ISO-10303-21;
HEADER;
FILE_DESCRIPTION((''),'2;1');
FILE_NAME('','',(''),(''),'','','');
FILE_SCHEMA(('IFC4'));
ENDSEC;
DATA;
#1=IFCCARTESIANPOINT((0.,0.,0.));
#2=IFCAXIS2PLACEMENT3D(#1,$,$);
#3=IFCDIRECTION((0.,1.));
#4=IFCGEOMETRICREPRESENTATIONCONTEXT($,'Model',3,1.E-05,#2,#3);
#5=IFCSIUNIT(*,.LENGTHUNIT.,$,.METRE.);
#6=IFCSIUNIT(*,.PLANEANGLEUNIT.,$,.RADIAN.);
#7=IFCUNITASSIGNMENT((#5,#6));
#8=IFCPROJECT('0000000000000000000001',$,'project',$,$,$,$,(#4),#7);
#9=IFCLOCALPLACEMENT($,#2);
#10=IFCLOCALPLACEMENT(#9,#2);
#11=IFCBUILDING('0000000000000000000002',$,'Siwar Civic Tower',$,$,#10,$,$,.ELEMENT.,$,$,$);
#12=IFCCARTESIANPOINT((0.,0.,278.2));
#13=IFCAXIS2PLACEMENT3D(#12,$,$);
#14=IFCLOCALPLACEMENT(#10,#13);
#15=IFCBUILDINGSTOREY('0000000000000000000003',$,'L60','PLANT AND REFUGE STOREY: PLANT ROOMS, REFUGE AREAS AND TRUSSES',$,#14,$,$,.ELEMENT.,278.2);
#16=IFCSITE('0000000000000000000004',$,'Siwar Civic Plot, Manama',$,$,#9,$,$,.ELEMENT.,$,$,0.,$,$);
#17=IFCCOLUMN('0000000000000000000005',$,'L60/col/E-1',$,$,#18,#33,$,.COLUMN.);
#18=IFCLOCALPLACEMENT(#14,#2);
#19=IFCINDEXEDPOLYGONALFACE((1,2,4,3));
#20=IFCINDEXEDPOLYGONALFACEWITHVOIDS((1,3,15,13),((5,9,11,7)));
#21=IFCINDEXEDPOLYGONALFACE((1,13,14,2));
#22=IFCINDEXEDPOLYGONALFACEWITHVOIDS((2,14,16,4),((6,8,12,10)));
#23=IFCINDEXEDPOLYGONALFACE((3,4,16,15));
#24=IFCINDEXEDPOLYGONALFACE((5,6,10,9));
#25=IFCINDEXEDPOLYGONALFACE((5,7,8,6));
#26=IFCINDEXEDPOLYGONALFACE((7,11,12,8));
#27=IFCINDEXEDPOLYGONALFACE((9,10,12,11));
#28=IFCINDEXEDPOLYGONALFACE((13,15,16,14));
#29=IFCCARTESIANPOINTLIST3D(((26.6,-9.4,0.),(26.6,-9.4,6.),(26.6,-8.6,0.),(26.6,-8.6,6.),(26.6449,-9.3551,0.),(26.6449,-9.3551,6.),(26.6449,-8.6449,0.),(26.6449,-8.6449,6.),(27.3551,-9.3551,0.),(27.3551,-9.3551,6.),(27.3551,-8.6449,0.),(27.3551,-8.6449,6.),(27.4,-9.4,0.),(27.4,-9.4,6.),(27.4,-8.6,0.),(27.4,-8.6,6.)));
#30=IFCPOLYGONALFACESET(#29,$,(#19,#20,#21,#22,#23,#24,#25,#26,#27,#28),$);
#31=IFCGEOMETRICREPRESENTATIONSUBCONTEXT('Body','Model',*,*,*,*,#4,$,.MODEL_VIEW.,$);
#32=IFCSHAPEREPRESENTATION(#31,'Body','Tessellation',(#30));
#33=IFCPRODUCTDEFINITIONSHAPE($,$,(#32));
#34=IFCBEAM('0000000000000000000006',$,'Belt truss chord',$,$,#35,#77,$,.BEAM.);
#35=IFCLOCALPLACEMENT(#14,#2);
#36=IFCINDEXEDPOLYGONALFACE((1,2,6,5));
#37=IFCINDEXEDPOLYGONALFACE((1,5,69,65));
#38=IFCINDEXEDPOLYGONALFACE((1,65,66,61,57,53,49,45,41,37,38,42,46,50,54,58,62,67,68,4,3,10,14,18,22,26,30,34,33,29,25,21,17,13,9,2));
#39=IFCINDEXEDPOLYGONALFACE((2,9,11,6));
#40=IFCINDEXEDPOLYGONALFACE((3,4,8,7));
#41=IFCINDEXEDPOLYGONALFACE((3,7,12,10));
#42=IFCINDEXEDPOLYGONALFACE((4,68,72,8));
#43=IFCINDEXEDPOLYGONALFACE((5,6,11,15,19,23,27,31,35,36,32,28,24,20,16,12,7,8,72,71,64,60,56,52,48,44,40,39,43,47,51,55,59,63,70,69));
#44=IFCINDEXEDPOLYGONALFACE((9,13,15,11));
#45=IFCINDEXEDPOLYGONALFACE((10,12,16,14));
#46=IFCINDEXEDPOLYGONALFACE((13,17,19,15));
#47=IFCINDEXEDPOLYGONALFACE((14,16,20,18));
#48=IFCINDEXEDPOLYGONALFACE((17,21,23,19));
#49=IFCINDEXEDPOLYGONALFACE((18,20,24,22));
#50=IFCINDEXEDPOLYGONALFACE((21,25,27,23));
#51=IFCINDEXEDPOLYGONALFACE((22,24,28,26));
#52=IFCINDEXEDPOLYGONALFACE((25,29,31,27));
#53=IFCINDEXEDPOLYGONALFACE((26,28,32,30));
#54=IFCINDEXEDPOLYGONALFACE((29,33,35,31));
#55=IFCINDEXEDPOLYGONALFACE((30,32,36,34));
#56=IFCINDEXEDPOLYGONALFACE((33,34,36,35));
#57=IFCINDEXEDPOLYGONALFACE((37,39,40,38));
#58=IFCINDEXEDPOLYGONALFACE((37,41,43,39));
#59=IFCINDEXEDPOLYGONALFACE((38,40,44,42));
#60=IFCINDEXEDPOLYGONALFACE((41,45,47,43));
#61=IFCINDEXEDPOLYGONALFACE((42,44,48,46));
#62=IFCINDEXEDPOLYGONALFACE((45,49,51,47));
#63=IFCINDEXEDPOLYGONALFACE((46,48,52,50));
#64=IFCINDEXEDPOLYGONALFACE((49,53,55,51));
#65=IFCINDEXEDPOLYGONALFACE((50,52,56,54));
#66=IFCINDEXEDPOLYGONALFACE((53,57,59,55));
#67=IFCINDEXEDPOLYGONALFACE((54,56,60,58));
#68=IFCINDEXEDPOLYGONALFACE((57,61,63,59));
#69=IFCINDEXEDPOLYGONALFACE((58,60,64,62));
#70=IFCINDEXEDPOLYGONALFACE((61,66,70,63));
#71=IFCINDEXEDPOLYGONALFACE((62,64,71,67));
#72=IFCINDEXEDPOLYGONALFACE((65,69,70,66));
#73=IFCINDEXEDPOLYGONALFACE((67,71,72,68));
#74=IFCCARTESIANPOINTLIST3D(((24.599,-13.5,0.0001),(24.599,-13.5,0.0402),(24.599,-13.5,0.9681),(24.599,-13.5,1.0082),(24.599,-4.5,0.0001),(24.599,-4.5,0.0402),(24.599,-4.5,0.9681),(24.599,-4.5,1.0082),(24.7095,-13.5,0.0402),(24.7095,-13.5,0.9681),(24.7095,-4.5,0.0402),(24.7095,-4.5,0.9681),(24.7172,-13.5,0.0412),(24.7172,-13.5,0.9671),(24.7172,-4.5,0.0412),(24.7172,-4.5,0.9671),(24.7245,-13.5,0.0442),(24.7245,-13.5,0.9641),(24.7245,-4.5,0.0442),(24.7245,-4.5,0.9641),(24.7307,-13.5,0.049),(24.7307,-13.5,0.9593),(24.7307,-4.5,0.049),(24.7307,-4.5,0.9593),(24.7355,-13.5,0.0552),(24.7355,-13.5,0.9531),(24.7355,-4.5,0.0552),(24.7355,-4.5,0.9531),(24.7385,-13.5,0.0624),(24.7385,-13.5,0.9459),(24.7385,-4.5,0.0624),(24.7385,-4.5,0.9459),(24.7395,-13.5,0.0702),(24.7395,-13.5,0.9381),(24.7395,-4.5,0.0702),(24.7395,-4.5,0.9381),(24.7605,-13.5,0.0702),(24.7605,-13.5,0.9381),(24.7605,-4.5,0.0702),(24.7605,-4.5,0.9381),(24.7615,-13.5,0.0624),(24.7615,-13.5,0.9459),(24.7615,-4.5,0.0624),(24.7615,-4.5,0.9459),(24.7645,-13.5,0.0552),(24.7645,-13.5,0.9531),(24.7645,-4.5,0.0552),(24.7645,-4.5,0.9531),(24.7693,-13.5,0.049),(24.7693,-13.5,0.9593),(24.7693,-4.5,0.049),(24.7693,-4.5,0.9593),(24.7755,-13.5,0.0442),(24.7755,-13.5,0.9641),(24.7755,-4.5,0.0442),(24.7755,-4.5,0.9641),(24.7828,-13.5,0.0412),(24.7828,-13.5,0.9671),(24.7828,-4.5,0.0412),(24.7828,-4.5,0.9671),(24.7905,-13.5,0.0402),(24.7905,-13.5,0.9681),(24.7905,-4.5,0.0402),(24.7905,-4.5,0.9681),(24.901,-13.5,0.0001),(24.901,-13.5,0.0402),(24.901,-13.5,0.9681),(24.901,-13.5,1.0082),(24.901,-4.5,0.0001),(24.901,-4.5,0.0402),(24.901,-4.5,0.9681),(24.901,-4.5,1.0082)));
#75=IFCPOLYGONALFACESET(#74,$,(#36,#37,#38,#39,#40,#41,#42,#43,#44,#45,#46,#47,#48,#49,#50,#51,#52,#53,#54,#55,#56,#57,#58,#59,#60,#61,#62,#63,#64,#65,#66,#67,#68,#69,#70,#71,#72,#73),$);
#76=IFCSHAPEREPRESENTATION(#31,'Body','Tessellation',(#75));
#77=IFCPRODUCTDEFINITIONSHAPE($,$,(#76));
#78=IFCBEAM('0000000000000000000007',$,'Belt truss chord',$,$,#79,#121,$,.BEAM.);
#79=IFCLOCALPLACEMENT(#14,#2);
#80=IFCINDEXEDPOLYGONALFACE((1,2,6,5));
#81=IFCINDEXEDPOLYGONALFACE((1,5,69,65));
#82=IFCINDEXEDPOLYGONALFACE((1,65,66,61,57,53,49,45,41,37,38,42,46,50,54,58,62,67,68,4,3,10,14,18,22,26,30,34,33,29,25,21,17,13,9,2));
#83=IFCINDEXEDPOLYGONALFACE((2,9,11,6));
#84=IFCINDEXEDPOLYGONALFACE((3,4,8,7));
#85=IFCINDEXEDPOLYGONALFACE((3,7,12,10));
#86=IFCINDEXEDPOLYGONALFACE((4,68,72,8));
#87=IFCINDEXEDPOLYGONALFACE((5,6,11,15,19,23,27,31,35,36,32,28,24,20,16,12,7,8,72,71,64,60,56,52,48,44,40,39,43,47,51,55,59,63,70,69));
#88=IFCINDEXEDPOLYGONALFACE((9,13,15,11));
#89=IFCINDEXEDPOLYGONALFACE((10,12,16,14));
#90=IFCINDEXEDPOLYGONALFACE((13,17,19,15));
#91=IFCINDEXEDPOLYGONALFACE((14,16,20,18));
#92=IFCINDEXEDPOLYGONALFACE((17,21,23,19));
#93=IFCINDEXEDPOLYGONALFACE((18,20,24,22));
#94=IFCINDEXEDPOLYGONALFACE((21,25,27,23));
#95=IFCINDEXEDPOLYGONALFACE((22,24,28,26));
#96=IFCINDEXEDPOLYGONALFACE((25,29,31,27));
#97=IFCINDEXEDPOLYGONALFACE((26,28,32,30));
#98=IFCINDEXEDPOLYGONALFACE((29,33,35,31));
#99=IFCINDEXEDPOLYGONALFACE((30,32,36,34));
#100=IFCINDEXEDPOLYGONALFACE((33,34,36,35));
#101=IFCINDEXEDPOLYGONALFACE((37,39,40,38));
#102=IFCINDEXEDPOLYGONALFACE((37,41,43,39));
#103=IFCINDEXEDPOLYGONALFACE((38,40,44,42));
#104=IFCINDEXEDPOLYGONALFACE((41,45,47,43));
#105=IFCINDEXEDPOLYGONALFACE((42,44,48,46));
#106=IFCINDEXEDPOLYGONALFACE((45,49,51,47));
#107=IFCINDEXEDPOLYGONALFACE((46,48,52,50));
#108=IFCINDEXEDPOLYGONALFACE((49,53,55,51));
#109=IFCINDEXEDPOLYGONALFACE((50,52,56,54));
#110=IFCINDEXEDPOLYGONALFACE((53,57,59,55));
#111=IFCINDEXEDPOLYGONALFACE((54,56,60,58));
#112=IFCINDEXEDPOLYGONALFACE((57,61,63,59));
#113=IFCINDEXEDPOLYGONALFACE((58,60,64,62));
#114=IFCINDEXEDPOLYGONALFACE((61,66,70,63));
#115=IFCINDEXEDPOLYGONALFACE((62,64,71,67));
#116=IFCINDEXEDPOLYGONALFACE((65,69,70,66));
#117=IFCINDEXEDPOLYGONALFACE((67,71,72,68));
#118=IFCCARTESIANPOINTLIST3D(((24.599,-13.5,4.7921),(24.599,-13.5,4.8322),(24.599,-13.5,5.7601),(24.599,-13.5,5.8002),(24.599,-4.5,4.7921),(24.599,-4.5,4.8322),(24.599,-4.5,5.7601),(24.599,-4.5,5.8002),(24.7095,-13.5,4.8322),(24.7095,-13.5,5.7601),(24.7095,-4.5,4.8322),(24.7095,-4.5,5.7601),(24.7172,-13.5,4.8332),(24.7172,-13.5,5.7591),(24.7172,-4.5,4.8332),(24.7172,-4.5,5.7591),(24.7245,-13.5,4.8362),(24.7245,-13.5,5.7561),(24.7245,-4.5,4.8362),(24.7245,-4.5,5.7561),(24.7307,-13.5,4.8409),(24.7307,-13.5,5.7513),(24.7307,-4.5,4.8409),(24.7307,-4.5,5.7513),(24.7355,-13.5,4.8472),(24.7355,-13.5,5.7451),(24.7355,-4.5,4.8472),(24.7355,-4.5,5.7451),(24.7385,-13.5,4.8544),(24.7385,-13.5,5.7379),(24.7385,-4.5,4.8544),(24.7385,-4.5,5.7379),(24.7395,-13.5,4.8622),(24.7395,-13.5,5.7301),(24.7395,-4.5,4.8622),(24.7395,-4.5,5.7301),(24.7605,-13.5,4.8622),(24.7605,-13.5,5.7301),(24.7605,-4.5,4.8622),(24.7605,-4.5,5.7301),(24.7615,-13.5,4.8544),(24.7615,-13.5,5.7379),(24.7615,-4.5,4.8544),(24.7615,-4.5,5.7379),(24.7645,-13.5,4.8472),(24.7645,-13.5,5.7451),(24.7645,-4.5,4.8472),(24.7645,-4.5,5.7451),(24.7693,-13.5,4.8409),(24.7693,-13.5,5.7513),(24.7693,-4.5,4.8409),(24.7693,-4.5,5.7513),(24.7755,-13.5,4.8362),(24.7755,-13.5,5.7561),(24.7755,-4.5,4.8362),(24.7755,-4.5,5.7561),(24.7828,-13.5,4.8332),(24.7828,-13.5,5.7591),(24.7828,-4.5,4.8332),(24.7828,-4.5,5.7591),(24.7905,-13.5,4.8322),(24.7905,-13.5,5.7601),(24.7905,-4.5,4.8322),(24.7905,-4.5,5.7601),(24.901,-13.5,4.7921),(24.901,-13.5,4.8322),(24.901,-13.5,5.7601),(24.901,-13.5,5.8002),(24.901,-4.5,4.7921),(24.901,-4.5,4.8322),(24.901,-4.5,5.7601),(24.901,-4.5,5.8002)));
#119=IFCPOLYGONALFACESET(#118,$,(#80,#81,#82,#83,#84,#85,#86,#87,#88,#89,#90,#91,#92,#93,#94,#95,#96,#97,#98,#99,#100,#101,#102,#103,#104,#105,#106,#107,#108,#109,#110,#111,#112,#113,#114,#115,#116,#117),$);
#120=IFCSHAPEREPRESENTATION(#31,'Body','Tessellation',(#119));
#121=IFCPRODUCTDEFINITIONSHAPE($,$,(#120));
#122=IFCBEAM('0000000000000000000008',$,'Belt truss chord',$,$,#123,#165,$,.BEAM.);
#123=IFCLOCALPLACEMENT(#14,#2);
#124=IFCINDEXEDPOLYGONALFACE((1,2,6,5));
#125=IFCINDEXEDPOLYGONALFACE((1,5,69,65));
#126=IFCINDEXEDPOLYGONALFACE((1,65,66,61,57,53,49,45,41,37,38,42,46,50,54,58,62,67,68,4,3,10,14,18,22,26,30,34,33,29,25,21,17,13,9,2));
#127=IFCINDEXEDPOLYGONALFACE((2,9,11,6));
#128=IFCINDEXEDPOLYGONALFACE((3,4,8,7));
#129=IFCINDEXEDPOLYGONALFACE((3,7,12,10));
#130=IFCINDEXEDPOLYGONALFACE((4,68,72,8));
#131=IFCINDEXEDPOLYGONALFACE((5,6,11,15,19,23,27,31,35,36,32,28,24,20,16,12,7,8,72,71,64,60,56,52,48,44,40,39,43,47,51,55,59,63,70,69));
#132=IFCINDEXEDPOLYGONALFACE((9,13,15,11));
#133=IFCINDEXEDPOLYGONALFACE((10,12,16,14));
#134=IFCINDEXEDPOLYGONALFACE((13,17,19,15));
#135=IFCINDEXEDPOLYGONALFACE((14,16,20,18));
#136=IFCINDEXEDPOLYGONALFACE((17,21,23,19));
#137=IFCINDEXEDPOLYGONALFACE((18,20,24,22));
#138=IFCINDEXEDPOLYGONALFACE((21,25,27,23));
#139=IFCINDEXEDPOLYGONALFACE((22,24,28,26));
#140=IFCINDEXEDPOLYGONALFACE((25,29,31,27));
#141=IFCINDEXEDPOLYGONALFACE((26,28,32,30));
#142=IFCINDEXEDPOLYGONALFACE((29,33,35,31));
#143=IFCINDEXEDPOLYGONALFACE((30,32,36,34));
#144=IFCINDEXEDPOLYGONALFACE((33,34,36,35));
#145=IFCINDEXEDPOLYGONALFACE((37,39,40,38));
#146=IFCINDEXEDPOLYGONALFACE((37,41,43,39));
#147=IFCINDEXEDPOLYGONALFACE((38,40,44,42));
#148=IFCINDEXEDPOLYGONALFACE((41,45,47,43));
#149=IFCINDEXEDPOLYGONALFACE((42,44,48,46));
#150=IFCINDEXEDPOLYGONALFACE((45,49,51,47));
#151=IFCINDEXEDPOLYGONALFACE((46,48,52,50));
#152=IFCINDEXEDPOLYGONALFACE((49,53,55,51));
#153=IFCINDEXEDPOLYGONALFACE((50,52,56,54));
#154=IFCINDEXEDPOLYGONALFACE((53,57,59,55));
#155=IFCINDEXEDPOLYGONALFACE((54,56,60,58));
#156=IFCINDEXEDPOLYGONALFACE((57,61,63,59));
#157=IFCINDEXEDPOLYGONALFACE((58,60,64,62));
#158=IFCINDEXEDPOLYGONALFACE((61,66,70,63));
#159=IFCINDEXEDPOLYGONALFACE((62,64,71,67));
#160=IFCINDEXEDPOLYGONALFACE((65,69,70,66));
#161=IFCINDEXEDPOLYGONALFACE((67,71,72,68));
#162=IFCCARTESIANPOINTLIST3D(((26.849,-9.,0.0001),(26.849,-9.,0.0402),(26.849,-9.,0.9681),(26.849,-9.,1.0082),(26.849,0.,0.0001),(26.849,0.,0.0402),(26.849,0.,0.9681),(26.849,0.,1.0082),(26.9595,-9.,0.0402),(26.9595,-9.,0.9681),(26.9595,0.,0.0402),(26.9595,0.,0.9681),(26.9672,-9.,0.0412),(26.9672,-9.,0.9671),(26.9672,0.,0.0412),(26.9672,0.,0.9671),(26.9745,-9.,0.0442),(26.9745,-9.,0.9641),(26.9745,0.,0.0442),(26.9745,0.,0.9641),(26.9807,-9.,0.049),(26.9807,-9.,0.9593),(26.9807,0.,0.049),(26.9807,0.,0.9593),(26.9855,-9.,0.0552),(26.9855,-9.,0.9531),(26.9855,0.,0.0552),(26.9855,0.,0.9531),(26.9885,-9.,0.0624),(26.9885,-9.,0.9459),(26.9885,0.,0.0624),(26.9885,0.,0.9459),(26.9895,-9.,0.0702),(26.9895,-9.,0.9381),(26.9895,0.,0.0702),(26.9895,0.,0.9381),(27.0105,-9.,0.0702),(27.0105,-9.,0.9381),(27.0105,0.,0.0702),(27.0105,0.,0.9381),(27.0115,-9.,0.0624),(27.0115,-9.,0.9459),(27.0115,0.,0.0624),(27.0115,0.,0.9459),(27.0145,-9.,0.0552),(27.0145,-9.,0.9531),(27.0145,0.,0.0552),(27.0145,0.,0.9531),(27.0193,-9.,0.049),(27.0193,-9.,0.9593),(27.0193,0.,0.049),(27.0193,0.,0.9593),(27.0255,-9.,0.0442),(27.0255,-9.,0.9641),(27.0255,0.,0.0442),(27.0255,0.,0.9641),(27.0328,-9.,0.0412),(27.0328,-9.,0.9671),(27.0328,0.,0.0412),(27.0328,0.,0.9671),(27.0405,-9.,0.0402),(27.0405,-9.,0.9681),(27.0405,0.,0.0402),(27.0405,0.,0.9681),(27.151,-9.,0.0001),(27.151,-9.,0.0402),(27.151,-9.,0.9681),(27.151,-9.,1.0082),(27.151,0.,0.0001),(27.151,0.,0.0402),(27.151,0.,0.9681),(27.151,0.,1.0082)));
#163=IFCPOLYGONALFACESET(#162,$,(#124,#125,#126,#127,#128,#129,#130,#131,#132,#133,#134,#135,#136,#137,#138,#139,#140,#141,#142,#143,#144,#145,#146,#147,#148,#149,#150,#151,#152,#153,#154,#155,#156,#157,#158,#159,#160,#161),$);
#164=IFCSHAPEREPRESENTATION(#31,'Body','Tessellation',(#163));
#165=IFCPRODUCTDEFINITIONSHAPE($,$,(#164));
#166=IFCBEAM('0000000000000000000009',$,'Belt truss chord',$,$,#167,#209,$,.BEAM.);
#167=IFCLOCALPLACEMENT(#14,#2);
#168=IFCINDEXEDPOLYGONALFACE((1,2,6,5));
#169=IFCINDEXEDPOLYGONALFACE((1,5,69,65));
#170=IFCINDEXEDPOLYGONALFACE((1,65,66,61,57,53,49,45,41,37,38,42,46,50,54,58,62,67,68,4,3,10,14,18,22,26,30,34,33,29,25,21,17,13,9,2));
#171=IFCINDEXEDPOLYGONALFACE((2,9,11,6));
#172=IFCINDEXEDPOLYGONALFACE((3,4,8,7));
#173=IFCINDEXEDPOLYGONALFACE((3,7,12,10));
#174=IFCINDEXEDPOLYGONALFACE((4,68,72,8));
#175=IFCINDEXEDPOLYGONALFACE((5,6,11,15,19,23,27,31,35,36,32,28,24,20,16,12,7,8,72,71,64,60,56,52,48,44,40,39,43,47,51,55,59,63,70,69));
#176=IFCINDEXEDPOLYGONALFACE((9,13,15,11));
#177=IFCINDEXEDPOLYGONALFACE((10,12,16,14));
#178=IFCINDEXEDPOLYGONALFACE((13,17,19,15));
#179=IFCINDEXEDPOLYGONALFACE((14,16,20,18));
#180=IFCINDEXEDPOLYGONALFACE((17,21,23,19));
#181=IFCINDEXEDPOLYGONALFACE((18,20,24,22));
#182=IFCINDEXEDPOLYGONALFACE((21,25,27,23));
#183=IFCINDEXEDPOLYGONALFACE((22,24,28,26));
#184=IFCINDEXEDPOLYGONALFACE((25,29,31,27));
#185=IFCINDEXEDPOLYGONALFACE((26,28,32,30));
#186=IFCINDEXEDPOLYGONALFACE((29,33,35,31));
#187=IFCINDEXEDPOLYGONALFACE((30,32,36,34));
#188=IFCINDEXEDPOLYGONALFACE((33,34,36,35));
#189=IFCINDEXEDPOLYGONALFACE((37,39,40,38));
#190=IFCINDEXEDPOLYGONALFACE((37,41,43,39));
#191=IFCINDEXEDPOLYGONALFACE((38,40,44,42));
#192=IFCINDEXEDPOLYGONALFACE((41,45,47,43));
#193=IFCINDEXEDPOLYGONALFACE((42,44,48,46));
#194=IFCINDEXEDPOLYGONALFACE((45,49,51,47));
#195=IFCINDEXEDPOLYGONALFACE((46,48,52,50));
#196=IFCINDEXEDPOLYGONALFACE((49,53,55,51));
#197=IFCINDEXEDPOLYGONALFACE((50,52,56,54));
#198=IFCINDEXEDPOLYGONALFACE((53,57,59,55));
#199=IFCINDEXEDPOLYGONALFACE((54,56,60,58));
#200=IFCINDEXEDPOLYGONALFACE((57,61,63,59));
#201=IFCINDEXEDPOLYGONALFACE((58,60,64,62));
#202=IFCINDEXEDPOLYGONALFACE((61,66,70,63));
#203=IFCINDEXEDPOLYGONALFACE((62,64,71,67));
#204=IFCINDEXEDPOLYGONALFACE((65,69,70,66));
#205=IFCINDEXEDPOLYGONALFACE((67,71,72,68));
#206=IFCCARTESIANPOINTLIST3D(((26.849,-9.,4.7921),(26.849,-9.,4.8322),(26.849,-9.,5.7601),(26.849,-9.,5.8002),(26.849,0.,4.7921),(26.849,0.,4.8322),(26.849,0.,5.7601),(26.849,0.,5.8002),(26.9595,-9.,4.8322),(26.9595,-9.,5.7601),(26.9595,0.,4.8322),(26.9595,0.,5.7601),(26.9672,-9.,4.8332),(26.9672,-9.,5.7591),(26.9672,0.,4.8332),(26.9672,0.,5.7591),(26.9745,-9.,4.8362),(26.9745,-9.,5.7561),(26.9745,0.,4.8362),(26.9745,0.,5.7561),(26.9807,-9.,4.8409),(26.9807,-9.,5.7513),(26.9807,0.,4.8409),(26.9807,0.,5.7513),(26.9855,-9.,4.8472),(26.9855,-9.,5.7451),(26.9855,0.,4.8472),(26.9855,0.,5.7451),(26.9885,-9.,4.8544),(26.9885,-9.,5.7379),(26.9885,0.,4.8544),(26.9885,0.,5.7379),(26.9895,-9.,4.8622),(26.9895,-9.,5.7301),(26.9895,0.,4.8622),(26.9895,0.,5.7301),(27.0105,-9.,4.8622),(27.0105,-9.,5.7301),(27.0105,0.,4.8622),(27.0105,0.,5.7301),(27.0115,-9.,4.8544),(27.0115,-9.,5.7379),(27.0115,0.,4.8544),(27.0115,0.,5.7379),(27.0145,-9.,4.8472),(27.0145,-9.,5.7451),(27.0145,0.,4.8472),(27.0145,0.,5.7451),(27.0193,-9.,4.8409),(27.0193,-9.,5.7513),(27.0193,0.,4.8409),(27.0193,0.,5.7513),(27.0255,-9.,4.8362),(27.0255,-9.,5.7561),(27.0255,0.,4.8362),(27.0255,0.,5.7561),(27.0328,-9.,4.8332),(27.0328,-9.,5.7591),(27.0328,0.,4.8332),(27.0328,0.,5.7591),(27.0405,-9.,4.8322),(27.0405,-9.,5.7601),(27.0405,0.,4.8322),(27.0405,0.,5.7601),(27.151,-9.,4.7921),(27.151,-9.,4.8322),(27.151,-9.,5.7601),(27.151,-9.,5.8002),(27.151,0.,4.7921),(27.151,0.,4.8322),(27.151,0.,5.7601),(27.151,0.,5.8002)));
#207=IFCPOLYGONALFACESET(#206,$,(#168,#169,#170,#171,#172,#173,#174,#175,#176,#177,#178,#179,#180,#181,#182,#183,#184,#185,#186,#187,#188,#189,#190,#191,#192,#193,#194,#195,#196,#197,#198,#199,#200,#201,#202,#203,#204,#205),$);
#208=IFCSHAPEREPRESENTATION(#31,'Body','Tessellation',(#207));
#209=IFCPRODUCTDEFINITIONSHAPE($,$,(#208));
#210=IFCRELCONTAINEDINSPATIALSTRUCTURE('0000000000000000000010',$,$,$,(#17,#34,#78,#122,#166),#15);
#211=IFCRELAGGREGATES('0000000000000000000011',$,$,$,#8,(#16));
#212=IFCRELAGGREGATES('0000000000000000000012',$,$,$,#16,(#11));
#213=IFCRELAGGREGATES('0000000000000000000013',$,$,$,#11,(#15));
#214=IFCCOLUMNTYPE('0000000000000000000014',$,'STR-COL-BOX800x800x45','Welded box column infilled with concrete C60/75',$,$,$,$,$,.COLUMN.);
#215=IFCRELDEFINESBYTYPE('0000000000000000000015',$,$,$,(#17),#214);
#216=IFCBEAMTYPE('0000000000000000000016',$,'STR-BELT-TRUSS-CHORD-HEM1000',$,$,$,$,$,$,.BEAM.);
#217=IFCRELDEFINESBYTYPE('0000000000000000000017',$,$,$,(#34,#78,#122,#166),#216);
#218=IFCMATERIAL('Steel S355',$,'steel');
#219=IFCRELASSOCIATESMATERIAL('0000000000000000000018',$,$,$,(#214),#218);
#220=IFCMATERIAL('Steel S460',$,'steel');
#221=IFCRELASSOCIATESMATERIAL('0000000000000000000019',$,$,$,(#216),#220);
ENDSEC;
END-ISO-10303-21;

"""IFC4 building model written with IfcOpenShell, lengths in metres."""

from ifc_helpers import new_model, si_unit, direction, frame, origin, origin_2d, place, context, subcontext, project, spatial, hollow_rectangle, i_section, extrude, material, material_profile, profile_set, type_object, element, save


model = new_model("IFC4")

# Units and contexts
model_context = context("Model", 3, precision=1e-05, world=origin(), true_north=direction((0.0, 1.0)))
body_context = subcontext(model_context, "Body", "Model", "MODEL_VIEW")
ifc_project = project(units=[si_unit("LENGTHUNIT", "METRE"), si_unit("PLANEANGLEUNIT", "RADIAN")], contexts=[model_context])

# Site, building, storey
site_placement = place(None, origin())
site = spatial("IfcSite", under=ifc_project, at=site_placement, Name="Siwar Civic Plot, Manama", CompositionType="ELEMENT", RefElevation=0.0)
building_placement = place(site_placement, origin())
building = spatial("IfcBuilding", under=site, at=building_placement, Name="Siwar Civic Tower", CompositionType="ELEMENT")
storey_placement = place(building_placement, frame((0.0, 0.0, 278.2)))
storey = spatial("IfcBuildingStorey", under=building, at=storey_placement, Name="L60", Description="PLANT AND REFUGE STOREY: PLANT ROOMS, REFUGE AREAS AND TRUSSES", CompositionType="ELEMENT", Elevation=278.2)

# Column
ifc_material_1 = material(Name="Steel S355", Category="steel")
ifc_material_profile_1 = material_profile(ifc_material_1, hollow_rectangle(XDim=0.8, YDim=0.8, WallThickness=0.0449, at=origin_2d()), Name="BOX800x800x45")
ifc_profile_set_1 = profile_set([ifc_material_profile_1], Name="Steel S355")
column_type = type_object("IfcColumnType", Name="STR-COL-BOX800x800x45", Description="Welded box column infilled with concrete C60/75", PredefinedType="COLUMN", material=ifc_profile_set_1)
column_placement = place(storey_placement, frame((27.0, -9.0, 0.0), z_axis=(0.0, 0.0, 1.0), x_axis=(1.0, 0.0, 0.0)))
element("IfcColumn", 1, at=column_placement, inside=storey, type_object=column_type, Name="L60/col/E-1", PredefinedType="COLUMN", context=body_context, shape_type="SweptSolid", body=[
    extrude(hollow_rectangle(XDim=0.8, YDim=0.8, WallThickness=0.0449, at=origin_2d()), origin(), (0.0, 0.0, 1.0), 6.0),
])

# Beams
ifc_material_2 = material(Name="Steel S460", Category="steel")
ifc_material_profile_2 = material_profile(ifc_material_2, i_section(OverallWidth=0.302, OverallDepth=1.0081, WebThickness=0.021, FlangeThickness=0.04, FilletRadius=0.03, at=origin_2d()), Name="HEM1000")
ifc_profile_set_2 = profile_set([ifc_material_profile_2], Name="Steel S460")
beam_type_1 = type_object("IfcBeamType", Name="STR-BELT-TRUSS-CHORD-HEM1000", PredefinedType="BEAM", material=ifc_profile_set_2)
for number, where, z_axis, x_axis, name in (
    (2, (24.75, -13.5, 0.5042), (0.0, 1.0, 0.0), (-1.0, 0.0, 0.0), "Belt truss chord"),
    (3, (24.75, -13.5, 5.2961), (0.0, 1.0, 0.0), (-1.0, 0.0, 0.0), "Belt truss chord"),
    (4, (27.0, -9.0, 0.5042), (0.0, 1.0, 0.0), (-1.0, 0.0, 0.0), "Belt truss chord"),
    (5, (27.0, -9.0, 5.2961), (0.0, 1.0, 0.0), (-1.0, 0.0, 0.0), "Belt truss chord"),
):
    element("IfcBeam", number, at=place(storey_placement, frame(where, z_axis=z_axis, x_axis=x_axis)), inside=storey, type_object=beam_type_1, Name=name, PredefinedType="BEAM", context=body_context, shape_type="SweptSolid", body=[
        extrude(i_section(OverallWidth=0.302, OverallDepth=1.0081, WebThickness=0.021, FlangeThickness=0.04, FilletRadius=0.03, at=origin_2d()), origin(), (0.0, 0.0, 1.0), 9.0),
    ])

save(model, "model.ifc")
